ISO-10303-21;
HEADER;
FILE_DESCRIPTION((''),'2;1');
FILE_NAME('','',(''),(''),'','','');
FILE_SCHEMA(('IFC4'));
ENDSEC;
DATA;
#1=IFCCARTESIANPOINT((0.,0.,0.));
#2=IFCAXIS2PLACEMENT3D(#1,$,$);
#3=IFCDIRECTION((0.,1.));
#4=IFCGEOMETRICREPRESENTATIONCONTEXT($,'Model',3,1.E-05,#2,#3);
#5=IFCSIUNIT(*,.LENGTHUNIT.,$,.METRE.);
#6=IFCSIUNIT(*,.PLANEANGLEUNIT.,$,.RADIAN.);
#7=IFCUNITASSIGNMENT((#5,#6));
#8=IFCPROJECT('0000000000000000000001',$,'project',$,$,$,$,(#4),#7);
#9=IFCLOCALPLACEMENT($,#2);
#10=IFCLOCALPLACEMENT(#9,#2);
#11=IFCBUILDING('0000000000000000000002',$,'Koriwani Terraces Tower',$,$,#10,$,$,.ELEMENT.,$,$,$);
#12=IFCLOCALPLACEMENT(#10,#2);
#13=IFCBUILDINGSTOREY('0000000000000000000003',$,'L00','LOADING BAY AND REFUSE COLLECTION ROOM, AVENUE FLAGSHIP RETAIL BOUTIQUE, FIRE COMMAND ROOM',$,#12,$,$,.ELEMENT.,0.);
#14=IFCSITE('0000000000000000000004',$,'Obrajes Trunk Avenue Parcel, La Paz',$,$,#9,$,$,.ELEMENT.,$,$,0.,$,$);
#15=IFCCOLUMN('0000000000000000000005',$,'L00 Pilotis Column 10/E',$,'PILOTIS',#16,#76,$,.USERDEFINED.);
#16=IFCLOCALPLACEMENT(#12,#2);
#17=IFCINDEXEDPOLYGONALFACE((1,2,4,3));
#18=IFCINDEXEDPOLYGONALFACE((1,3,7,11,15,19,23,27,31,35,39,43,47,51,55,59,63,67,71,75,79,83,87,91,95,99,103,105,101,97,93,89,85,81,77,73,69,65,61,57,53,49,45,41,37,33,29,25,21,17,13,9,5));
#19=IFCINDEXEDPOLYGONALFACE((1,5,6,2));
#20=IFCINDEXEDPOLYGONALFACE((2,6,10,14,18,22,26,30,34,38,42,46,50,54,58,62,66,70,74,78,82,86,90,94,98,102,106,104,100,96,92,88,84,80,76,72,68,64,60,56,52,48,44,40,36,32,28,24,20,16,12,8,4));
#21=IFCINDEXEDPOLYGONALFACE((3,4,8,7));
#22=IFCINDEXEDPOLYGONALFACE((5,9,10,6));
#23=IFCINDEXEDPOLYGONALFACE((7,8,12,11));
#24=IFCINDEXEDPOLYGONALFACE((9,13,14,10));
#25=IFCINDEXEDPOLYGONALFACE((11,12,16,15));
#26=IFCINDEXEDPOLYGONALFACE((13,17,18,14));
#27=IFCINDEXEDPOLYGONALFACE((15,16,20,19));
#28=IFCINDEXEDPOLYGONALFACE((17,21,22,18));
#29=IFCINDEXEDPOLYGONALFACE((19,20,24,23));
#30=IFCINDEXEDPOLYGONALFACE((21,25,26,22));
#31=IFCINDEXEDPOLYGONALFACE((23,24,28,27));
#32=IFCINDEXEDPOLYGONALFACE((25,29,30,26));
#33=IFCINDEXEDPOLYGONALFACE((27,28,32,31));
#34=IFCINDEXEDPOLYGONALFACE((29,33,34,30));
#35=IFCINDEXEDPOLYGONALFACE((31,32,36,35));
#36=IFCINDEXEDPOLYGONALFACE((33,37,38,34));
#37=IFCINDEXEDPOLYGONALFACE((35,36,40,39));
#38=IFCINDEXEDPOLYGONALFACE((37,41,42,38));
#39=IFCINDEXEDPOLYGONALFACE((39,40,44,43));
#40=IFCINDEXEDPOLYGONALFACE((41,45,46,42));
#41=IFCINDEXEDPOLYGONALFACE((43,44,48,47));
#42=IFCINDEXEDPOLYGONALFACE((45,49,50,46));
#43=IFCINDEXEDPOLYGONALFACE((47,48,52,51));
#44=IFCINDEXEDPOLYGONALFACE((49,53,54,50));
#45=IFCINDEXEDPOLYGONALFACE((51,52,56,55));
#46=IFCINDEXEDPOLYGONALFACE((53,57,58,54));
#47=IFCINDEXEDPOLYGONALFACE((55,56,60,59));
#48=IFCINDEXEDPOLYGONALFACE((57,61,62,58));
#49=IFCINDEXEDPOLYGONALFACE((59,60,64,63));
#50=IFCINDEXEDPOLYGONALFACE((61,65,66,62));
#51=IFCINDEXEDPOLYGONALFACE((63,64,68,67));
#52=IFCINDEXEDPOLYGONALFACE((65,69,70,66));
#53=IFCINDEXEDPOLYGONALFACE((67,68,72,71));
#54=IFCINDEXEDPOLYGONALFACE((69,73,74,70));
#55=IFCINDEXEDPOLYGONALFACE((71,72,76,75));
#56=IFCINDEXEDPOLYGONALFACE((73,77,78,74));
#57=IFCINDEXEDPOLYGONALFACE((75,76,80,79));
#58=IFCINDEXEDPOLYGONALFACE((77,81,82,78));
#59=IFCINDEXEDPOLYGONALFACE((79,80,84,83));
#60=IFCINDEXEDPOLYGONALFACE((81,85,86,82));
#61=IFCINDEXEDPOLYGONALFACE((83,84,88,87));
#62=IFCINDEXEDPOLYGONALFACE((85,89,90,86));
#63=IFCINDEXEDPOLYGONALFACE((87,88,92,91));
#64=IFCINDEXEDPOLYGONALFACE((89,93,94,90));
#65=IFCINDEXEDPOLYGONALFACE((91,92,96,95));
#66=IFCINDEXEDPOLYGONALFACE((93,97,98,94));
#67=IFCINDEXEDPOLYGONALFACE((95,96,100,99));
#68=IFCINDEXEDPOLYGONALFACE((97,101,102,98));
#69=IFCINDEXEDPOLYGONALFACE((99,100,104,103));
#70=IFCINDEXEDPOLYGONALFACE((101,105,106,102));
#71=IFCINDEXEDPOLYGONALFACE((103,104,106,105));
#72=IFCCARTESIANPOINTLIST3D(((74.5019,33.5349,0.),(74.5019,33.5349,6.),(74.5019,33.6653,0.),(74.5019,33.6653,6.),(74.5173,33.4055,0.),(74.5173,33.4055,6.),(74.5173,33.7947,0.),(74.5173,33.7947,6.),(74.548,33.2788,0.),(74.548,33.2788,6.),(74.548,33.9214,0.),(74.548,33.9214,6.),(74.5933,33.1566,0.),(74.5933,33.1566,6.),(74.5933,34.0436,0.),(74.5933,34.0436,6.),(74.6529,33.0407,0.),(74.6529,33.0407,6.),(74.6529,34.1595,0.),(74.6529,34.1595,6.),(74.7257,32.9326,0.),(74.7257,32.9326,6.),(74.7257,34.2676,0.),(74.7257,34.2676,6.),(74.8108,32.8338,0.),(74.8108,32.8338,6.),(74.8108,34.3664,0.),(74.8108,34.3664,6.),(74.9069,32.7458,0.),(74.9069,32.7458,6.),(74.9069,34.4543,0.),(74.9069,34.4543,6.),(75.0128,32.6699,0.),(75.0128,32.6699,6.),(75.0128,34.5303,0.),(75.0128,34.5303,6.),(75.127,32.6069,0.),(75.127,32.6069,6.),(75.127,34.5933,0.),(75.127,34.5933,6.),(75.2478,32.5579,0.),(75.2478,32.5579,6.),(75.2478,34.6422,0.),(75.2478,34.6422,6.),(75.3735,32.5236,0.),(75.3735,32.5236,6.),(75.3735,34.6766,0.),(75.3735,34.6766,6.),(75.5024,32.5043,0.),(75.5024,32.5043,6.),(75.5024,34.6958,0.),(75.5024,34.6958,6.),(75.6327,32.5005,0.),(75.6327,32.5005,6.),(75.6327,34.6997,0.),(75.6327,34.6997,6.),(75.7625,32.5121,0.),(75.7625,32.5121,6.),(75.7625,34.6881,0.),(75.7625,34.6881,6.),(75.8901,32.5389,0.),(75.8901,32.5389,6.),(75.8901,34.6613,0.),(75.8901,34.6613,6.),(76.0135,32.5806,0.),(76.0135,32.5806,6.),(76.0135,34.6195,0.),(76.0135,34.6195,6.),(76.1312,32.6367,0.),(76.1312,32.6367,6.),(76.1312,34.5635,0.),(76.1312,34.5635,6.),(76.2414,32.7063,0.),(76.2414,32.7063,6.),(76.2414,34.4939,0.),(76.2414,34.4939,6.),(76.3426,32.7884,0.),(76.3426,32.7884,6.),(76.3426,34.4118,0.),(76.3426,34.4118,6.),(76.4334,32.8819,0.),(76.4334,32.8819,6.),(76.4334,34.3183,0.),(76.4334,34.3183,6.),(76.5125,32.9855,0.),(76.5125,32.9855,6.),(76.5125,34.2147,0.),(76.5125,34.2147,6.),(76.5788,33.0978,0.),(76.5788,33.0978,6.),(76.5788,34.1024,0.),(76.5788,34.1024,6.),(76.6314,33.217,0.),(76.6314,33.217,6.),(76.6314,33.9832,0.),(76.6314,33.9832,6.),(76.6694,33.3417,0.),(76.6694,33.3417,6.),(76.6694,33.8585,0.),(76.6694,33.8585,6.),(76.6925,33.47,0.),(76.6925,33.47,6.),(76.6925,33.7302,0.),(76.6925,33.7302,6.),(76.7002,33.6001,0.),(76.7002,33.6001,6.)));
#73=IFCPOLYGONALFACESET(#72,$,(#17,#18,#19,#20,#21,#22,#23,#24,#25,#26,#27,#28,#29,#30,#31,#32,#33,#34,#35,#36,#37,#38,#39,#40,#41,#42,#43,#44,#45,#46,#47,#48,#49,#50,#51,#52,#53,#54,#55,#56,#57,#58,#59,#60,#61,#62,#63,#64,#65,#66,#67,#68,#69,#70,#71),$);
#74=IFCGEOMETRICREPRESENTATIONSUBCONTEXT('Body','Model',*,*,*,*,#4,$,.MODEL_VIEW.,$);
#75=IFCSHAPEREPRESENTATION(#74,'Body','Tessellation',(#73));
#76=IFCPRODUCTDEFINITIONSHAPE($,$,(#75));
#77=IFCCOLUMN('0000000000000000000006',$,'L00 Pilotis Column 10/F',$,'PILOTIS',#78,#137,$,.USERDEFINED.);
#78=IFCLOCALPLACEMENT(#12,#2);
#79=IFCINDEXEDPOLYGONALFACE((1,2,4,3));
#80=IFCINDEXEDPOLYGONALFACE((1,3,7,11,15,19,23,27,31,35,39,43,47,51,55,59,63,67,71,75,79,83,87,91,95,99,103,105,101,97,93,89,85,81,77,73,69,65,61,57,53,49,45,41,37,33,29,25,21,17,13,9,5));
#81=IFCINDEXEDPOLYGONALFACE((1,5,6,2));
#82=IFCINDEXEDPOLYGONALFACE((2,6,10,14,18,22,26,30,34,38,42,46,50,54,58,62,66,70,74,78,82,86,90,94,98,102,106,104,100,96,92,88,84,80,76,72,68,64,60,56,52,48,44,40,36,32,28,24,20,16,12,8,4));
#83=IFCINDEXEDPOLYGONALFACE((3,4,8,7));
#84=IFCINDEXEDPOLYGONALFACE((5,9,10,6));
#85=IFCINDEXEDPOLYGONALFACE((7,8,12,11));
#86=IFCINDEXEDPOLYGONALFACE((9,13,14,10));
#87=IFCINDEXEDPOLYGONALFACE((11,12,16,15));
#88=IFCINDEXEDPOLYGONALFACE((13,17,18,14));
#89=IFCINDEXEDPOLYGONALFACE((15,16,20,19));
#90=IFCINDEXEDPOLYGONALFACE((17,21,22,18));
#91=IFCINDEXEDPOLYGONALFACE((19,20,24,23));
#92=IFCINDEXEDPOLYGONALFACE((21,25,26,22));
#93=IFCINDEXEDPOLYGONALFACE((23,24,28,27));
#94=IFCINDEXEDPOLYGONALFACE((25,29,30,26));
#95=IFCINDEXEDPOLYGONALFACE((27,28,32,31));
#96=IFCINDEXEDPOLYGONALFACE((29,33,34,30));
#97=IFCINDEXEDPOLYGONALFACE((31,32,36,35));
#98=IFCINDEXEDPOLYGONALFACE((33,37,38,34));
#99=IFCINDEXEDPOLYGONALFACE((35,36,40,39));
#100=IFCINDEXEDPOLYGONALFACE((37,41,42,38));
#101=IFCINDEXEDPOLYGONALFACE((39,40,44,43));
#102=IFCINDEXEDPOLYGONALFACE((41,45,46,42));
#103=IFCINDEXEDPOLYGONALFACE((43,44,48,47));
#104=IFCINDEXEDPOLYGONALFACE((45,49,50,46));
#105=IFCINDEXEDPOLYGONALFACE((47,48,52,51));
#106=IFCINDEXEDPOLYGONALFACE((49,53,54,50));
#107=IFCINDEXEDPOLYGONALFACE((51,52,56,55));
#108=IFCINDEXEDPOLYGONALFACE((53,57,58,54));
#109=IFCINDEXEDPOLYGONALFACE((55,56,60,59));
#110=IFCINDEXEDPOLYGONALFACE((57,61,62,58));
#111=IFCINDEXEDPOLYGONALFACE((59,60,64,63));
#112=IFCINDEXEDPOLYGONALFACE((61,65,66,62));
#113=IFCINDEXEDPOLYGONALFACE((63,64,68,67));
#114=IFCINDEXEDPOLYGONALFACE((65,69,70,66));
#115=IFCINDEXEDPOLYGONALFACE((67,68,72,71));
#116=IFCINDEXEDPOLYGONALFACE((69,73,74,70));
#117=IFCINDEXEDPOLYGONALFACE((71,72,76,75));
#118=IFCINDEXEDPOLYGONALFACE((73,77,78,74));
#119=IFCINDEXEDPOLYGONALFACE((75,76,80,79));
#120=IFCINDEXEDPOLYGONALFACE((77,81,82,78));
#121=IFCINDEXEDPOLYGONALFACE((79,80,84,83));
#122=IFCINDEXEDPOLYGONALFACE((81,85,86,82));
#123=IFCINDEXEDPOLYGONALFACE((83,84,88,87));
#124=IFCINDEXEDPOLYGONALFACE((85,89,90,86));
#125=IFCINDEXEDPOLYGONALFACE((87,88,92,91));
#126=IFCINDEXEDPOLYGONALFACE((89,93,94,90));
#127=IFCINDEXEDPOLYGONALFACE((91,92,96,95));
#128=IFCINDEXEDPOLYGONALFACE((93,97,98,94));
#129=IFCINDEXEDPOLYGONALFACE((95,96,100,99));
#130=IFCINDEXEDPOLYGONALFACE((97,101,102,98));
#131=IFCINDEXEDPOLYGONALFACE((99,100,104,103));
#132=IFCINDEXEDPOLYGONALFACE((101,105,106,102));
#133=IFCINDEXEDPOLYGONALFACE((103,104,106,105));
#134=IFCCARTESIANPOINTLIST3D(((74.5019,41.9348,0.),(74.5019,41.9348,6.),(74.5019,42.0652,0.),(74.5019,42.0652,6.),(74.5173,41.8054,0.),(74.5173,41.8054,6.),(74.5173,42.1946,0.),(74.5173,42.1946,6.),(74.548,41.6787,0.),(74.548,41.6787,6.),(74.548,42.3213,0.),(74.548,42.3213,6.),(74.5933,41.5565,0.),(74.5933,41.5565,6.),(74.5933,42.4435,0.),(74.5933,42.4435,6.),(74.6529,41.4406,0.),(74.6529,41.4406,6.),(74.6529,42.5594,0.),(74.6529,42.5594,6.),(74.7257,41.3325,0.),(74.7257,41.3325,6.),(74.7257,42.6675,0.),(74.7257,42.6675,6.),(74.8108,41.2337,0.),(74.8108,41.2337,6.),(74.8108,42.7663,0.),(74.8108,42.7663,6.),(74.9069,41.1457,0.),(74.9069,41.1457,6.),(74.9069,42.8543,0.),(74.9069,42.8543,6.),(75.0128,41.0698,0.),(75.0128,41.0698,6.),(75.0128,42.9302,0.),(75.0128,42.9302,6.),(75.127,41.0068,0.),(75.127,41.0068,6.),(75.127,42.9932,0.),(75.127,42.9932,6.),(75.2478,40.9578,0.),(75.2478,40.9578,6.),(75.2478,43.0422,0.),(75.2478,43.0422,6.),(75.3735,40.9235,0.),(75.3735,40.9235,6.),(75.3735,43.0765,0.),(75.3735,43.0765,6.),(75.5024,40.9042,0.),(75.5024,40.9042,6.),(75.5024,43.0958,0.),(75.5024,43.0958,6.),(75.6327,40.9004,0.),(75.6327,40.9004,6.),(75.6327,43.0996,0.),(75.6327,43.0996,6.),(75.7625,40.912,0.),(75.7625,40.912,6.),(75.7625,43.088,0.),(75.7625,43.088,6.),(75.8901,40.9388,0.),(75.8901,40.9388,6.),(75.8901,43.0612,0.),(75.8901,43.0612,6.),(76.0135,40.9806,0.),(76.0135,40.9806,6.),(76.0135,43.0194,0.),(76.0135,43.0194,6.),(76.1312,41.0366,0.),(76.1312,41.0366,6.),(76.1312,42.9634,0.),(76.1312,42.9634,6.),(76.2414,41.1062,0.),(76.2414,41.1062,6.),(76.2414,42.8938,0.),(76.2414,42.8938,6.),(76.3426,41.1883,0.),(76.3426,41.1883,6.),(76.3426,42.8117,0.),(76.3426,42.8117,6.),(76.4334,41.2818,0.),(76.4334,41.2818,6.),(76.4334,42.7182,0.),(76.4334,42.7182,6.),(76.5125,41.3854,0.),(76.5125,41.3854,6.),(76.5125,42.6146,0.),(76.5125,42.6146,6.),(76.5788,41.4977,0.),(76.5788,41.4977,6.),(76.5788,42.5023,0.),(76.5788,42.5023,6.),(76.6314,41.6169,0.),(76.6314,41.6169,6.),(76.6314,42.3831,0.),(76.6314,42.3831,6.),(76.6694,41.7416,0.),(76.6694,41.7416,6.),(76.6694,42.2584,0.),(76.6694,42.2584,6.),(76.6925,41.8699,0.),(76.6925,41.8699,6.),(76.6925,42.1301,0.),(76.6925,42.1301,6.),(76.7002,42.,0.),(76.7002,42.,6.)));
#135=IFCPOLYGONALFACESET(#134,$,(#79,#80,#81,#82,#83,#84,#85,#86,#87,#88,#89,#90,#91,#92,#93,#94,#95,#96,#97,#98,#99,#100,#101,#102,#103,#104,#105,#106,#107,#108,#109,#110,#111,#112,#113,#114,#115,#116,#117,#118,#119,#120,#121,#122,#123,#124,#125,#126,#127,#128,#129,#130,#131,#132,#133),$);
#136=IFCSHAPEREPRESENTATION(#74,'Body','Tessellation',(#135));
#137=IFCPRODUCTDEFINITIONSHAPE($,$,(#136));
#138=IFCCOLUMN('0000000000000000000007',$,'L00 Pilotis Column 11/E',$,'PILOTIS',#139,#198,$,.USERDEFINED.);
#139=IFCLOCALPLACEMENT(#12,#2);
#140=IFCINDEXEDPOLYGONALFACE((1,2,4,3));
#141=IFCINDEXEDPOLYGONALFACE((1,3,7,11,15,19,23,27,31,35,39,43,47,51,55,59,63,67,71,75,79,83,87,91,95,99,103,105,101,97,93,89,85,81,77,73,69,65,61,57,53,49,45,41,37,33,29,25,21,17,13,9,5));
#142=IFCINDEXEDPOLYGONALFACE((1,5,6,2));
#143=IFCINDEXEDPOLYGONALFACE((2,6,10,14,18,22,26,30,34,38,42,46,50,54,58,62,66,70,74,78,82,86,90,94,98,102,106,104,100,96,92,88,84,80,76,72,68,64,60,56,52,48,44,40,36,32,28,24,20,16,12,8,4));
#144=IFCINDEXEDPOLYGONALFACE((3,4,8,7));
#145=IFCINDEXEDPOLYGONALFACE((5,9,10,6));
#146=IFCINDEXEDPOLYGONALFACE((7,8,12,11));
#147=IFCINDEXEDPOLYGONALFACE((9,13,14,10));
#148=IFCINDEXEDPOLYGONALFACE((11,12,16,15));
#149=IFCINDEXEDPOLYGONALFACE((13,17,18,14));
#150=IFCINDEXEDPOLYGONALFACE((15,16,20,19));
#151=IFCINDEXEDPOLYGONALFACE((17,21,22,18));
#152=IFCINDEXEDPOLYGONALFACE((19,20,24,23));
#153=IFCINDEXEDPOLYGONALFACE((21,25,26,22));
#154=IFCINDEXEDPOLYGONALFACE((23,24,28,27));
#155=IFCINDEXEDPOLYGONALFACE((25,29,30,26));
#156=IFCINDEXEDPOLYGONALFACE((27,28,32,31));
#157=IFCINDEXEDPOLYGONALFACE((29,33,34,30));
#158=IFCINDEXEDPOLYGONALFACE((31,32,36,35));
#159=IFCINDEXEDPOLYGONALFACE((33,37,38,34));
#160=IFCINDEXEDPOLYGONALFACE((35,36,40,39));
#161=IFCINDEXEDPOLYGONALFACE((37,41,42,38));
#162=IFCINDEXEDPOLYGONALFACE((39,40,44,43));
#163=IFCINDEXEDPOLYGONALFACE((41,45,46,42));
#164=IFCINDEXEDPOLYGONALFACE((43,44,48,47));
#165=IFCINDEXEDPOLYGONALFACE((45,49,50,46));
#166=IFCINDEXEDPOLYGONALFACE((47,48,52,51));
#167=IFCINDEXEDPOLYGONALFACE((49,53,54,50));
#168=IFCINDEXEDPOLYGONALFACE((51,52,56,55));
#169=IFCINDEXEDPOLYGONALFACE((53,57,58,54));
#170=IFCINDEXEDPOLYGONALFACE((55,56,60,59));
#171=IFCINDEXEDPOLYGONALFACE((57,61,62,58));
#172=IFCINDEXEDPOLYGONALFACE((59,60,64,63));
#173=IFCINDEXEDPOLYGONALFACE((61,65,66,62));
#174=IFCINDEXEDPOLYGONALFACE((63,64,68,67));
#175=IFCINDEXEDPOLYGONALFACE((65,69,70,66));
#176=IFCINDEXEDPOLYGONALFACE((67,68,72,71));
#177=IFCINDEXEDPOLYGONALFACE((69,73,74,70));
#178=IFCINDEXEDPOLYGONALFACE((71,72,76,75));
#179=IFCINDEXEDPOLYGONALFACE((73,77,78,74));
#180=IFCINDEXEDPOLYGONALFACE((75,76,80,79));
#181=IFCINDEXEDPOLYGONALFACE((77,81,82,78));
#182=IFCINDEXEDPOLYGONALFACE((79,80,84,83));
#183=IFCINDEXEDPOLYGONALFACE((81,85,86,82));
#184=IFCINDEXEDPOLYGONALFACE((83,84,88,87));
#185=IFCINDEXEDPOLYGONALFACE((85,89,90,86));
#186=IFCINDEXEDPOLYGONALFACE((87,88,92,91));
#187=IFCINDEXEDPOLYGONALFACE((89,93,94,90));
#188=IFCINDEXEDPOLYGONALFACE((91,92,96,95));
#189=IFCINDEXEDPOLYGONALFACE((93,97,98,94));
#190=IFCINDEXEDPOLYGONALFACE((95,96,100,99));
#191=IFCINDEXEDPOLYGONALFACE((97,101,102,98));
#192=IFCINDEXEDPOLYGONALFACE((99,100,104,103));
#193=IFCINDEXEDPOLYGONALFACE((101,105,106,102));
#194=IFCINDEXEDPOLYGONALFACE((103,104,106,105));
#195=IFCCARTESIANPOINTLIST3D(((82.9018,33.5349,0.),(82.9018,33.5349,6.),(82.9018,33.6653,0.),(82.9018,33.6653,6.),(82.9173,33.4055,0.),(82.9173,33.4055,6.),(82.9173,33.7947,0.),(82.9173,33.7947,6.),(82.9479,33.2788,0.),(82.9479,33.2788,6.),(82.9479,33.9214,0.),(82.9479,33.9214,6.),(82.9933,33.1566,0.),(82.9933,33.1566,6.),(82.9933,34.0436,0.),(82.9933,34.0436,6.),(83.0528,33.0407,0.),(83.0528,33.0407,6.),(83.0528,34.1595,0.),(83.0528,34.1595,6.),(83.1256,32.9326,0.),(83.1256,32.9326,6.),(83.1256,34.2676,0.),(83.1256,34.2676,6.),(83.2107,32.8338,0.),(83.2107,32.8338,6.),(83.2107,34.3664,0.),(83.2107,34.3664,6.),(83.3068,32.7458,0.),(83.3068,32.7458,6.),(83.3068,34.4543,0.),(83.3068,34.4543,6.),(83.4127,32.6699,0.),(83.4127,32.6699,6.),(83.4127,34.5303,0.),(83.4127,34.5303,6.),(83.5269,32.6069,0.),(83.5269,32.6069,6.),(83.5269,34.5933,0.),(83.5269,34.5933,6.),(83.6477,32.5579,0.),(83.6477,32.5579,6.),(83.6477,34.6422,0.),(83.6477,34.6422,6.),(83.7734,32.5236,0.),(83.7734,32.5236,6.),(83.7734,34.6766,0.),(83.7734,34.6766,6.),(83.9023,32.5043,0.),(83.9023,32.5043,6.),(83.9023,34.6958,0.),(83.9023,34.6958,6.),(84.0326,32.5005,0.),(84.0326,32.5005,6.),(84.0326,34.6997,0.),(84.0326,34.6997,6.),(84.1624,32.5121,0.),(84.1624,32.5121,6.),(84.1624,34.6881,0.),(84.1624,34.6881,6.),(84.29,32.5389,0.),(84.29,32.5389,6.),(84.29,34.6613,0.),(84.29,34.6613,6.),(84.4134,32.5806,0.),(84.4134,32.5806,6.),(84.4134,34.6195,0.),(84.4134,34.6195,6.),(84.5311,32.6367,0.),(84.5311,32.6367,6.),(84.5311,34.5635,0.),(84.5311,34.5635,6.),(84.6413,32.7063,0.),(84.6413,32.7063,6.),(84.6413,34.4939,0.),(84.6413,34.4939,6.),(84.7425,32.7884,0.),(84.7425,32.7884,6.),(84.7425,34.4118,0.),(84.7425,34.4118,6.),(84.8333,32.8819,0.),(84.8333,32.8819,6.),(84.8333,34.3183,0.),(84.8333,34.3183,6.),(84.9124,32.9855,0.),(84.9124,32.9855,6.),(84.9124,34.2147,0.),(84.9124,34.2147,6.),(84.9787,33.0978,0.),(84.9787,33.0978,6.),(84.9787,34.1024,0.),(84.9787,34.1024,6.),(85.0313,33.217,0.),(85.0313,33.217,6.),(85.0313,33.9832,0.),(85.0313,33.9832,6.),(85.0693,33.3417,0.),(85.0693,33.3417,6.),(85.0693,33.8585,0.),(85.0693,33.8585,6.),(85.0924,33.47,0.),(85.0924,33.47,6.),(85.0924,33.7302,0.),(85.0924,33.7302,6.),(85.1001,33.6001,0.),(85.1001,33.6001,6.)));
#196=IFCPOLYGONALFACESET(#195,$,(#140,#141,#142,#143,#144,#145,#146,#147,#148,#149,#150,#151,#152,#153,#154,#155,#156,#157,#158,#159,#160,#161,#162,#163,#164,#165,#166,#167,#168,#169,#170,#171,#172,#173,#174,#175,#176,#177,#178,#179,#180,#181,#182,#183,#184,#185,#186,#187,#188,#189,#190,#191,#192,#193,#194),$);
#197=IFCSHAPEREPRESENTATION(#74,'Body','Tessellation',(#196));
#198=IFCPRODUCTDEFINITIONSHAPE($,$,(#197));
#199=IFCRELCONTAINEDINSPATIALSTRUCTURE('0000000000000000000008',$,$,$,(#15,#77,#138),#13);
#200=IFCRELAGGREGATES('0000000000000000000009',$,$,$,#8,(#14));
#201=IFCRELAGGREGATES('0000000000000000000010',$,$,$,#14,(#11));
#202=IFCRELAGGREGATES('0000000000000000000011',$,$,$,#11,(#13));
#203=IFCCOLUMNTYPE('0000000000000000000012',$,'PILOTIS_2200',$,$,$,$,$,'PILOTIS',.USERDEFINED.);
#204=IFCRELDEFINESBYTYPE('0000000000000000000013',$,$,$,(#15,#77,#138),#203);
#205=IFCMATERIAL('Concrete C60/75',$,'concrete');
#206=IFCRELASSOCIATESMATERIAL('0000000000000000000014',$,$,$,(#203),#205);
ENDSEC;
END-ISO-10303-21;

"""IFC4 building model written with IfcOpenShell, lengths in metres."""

from ifc_helpers import new_model, si_unit, direction, frame, origin, origin_2d, place, context, subcontext, project, spatial, circle, extrude, material, material_profile, profile_set, type_object, element, save


model = new_model("IFC4")

# Units and contexts
model_context = context("Model", 3, precision=1e-05, world=origin(), true_north=direction((0.0, 1.0)))
body_context = subcontext(model_context, "Body", "Model", "MODEL_VIEW")
ifc_project = project(units=[si_unit("LENGTHUNIT", "METRE"), si_unit("PLANEANGLEUNIT", "RADIAN")], contexts=[model_context])

# Site, building, storey
site_placement = place(None, origin())
site = spatial("IfcSite", under=ifc_project, at=site_placement, Name="Obrajes Trunk Avenue Parcel, La Paz", CompositionType="ELEMENT", RefElevation=0.0)
building_placement = place(site_placement, origin())
building = spatial("IfcBuilding", under=site, at=building_placement, Name="Koriwani Terraces Tower", CompositionType="ELEMENT")
storey_placement = place(building_placement, origin())
storey = spatial("IfcBuildingStorey", under=building, at=storey_placement, Name="L00", Description="LOADING BAY AND REFUSE COLLECTION ROOM, AVENUE FLAGSHIP RETAIL BOUTIQUE, FIRE COMMAND ROOM", CompositionType="ELEMENT", Elevation=0.0)

# Columns
ifc_material_1 = material(Name="Concrete C60/75", Category="concrete")
ifc_material_profile_1 = material_profile(ifc_material_1, circle(Radius=1.1001, at=origin_2d()), Name="Concrete C60/75", Category="LoadBearing")
ifc_profile_set_1 = profile_set([ifc_material_profile_1], Name="Concrete C60/75")
column_type_1 = type_object("IfcColumnType", Name="PILOTIS_2200", ElementType="PILOTIS", PredefinedType="USERDEFINED", material=ifc_profile_set_1)
for number, where, z_axis, x_axis, name in (
    (1, (75.6001, 33.6001, 0.0), (0.0, 0.0, 1.0), (1.0, 0.0, 0.0), "L00 Pilotis Column 10/E"),
    (2, (75.6001, 42.0, 0.0), (0.0, 0.0, 1.0), (1.0, 0.0, 0.0), "L00 Pilotis Column 10/F"),
    (3, (84.0, 33.6001, 0.0), (0.0, 0.0, 1.0), (1.0, 0.0, 0.0), "L00 Pilotis Column 11/E"),
):
    element("IfcColumn", number, at=place(storey_placement, frame(where, z_axis=z_axis, x_axis=x_axis)), inside=storey, type_object=column_type_1, Name=name, ObjectType="PILOTIS", PredefinedType="USERDEFINED", context=body_context, shape_type="SweptSolid", body=[
        extrude(circle(Radius=1.1001, at=origin_2d()), origin(), (0.0, 0.0, 1.0), 6.0),
    ])

save(model, "model.ifc")
